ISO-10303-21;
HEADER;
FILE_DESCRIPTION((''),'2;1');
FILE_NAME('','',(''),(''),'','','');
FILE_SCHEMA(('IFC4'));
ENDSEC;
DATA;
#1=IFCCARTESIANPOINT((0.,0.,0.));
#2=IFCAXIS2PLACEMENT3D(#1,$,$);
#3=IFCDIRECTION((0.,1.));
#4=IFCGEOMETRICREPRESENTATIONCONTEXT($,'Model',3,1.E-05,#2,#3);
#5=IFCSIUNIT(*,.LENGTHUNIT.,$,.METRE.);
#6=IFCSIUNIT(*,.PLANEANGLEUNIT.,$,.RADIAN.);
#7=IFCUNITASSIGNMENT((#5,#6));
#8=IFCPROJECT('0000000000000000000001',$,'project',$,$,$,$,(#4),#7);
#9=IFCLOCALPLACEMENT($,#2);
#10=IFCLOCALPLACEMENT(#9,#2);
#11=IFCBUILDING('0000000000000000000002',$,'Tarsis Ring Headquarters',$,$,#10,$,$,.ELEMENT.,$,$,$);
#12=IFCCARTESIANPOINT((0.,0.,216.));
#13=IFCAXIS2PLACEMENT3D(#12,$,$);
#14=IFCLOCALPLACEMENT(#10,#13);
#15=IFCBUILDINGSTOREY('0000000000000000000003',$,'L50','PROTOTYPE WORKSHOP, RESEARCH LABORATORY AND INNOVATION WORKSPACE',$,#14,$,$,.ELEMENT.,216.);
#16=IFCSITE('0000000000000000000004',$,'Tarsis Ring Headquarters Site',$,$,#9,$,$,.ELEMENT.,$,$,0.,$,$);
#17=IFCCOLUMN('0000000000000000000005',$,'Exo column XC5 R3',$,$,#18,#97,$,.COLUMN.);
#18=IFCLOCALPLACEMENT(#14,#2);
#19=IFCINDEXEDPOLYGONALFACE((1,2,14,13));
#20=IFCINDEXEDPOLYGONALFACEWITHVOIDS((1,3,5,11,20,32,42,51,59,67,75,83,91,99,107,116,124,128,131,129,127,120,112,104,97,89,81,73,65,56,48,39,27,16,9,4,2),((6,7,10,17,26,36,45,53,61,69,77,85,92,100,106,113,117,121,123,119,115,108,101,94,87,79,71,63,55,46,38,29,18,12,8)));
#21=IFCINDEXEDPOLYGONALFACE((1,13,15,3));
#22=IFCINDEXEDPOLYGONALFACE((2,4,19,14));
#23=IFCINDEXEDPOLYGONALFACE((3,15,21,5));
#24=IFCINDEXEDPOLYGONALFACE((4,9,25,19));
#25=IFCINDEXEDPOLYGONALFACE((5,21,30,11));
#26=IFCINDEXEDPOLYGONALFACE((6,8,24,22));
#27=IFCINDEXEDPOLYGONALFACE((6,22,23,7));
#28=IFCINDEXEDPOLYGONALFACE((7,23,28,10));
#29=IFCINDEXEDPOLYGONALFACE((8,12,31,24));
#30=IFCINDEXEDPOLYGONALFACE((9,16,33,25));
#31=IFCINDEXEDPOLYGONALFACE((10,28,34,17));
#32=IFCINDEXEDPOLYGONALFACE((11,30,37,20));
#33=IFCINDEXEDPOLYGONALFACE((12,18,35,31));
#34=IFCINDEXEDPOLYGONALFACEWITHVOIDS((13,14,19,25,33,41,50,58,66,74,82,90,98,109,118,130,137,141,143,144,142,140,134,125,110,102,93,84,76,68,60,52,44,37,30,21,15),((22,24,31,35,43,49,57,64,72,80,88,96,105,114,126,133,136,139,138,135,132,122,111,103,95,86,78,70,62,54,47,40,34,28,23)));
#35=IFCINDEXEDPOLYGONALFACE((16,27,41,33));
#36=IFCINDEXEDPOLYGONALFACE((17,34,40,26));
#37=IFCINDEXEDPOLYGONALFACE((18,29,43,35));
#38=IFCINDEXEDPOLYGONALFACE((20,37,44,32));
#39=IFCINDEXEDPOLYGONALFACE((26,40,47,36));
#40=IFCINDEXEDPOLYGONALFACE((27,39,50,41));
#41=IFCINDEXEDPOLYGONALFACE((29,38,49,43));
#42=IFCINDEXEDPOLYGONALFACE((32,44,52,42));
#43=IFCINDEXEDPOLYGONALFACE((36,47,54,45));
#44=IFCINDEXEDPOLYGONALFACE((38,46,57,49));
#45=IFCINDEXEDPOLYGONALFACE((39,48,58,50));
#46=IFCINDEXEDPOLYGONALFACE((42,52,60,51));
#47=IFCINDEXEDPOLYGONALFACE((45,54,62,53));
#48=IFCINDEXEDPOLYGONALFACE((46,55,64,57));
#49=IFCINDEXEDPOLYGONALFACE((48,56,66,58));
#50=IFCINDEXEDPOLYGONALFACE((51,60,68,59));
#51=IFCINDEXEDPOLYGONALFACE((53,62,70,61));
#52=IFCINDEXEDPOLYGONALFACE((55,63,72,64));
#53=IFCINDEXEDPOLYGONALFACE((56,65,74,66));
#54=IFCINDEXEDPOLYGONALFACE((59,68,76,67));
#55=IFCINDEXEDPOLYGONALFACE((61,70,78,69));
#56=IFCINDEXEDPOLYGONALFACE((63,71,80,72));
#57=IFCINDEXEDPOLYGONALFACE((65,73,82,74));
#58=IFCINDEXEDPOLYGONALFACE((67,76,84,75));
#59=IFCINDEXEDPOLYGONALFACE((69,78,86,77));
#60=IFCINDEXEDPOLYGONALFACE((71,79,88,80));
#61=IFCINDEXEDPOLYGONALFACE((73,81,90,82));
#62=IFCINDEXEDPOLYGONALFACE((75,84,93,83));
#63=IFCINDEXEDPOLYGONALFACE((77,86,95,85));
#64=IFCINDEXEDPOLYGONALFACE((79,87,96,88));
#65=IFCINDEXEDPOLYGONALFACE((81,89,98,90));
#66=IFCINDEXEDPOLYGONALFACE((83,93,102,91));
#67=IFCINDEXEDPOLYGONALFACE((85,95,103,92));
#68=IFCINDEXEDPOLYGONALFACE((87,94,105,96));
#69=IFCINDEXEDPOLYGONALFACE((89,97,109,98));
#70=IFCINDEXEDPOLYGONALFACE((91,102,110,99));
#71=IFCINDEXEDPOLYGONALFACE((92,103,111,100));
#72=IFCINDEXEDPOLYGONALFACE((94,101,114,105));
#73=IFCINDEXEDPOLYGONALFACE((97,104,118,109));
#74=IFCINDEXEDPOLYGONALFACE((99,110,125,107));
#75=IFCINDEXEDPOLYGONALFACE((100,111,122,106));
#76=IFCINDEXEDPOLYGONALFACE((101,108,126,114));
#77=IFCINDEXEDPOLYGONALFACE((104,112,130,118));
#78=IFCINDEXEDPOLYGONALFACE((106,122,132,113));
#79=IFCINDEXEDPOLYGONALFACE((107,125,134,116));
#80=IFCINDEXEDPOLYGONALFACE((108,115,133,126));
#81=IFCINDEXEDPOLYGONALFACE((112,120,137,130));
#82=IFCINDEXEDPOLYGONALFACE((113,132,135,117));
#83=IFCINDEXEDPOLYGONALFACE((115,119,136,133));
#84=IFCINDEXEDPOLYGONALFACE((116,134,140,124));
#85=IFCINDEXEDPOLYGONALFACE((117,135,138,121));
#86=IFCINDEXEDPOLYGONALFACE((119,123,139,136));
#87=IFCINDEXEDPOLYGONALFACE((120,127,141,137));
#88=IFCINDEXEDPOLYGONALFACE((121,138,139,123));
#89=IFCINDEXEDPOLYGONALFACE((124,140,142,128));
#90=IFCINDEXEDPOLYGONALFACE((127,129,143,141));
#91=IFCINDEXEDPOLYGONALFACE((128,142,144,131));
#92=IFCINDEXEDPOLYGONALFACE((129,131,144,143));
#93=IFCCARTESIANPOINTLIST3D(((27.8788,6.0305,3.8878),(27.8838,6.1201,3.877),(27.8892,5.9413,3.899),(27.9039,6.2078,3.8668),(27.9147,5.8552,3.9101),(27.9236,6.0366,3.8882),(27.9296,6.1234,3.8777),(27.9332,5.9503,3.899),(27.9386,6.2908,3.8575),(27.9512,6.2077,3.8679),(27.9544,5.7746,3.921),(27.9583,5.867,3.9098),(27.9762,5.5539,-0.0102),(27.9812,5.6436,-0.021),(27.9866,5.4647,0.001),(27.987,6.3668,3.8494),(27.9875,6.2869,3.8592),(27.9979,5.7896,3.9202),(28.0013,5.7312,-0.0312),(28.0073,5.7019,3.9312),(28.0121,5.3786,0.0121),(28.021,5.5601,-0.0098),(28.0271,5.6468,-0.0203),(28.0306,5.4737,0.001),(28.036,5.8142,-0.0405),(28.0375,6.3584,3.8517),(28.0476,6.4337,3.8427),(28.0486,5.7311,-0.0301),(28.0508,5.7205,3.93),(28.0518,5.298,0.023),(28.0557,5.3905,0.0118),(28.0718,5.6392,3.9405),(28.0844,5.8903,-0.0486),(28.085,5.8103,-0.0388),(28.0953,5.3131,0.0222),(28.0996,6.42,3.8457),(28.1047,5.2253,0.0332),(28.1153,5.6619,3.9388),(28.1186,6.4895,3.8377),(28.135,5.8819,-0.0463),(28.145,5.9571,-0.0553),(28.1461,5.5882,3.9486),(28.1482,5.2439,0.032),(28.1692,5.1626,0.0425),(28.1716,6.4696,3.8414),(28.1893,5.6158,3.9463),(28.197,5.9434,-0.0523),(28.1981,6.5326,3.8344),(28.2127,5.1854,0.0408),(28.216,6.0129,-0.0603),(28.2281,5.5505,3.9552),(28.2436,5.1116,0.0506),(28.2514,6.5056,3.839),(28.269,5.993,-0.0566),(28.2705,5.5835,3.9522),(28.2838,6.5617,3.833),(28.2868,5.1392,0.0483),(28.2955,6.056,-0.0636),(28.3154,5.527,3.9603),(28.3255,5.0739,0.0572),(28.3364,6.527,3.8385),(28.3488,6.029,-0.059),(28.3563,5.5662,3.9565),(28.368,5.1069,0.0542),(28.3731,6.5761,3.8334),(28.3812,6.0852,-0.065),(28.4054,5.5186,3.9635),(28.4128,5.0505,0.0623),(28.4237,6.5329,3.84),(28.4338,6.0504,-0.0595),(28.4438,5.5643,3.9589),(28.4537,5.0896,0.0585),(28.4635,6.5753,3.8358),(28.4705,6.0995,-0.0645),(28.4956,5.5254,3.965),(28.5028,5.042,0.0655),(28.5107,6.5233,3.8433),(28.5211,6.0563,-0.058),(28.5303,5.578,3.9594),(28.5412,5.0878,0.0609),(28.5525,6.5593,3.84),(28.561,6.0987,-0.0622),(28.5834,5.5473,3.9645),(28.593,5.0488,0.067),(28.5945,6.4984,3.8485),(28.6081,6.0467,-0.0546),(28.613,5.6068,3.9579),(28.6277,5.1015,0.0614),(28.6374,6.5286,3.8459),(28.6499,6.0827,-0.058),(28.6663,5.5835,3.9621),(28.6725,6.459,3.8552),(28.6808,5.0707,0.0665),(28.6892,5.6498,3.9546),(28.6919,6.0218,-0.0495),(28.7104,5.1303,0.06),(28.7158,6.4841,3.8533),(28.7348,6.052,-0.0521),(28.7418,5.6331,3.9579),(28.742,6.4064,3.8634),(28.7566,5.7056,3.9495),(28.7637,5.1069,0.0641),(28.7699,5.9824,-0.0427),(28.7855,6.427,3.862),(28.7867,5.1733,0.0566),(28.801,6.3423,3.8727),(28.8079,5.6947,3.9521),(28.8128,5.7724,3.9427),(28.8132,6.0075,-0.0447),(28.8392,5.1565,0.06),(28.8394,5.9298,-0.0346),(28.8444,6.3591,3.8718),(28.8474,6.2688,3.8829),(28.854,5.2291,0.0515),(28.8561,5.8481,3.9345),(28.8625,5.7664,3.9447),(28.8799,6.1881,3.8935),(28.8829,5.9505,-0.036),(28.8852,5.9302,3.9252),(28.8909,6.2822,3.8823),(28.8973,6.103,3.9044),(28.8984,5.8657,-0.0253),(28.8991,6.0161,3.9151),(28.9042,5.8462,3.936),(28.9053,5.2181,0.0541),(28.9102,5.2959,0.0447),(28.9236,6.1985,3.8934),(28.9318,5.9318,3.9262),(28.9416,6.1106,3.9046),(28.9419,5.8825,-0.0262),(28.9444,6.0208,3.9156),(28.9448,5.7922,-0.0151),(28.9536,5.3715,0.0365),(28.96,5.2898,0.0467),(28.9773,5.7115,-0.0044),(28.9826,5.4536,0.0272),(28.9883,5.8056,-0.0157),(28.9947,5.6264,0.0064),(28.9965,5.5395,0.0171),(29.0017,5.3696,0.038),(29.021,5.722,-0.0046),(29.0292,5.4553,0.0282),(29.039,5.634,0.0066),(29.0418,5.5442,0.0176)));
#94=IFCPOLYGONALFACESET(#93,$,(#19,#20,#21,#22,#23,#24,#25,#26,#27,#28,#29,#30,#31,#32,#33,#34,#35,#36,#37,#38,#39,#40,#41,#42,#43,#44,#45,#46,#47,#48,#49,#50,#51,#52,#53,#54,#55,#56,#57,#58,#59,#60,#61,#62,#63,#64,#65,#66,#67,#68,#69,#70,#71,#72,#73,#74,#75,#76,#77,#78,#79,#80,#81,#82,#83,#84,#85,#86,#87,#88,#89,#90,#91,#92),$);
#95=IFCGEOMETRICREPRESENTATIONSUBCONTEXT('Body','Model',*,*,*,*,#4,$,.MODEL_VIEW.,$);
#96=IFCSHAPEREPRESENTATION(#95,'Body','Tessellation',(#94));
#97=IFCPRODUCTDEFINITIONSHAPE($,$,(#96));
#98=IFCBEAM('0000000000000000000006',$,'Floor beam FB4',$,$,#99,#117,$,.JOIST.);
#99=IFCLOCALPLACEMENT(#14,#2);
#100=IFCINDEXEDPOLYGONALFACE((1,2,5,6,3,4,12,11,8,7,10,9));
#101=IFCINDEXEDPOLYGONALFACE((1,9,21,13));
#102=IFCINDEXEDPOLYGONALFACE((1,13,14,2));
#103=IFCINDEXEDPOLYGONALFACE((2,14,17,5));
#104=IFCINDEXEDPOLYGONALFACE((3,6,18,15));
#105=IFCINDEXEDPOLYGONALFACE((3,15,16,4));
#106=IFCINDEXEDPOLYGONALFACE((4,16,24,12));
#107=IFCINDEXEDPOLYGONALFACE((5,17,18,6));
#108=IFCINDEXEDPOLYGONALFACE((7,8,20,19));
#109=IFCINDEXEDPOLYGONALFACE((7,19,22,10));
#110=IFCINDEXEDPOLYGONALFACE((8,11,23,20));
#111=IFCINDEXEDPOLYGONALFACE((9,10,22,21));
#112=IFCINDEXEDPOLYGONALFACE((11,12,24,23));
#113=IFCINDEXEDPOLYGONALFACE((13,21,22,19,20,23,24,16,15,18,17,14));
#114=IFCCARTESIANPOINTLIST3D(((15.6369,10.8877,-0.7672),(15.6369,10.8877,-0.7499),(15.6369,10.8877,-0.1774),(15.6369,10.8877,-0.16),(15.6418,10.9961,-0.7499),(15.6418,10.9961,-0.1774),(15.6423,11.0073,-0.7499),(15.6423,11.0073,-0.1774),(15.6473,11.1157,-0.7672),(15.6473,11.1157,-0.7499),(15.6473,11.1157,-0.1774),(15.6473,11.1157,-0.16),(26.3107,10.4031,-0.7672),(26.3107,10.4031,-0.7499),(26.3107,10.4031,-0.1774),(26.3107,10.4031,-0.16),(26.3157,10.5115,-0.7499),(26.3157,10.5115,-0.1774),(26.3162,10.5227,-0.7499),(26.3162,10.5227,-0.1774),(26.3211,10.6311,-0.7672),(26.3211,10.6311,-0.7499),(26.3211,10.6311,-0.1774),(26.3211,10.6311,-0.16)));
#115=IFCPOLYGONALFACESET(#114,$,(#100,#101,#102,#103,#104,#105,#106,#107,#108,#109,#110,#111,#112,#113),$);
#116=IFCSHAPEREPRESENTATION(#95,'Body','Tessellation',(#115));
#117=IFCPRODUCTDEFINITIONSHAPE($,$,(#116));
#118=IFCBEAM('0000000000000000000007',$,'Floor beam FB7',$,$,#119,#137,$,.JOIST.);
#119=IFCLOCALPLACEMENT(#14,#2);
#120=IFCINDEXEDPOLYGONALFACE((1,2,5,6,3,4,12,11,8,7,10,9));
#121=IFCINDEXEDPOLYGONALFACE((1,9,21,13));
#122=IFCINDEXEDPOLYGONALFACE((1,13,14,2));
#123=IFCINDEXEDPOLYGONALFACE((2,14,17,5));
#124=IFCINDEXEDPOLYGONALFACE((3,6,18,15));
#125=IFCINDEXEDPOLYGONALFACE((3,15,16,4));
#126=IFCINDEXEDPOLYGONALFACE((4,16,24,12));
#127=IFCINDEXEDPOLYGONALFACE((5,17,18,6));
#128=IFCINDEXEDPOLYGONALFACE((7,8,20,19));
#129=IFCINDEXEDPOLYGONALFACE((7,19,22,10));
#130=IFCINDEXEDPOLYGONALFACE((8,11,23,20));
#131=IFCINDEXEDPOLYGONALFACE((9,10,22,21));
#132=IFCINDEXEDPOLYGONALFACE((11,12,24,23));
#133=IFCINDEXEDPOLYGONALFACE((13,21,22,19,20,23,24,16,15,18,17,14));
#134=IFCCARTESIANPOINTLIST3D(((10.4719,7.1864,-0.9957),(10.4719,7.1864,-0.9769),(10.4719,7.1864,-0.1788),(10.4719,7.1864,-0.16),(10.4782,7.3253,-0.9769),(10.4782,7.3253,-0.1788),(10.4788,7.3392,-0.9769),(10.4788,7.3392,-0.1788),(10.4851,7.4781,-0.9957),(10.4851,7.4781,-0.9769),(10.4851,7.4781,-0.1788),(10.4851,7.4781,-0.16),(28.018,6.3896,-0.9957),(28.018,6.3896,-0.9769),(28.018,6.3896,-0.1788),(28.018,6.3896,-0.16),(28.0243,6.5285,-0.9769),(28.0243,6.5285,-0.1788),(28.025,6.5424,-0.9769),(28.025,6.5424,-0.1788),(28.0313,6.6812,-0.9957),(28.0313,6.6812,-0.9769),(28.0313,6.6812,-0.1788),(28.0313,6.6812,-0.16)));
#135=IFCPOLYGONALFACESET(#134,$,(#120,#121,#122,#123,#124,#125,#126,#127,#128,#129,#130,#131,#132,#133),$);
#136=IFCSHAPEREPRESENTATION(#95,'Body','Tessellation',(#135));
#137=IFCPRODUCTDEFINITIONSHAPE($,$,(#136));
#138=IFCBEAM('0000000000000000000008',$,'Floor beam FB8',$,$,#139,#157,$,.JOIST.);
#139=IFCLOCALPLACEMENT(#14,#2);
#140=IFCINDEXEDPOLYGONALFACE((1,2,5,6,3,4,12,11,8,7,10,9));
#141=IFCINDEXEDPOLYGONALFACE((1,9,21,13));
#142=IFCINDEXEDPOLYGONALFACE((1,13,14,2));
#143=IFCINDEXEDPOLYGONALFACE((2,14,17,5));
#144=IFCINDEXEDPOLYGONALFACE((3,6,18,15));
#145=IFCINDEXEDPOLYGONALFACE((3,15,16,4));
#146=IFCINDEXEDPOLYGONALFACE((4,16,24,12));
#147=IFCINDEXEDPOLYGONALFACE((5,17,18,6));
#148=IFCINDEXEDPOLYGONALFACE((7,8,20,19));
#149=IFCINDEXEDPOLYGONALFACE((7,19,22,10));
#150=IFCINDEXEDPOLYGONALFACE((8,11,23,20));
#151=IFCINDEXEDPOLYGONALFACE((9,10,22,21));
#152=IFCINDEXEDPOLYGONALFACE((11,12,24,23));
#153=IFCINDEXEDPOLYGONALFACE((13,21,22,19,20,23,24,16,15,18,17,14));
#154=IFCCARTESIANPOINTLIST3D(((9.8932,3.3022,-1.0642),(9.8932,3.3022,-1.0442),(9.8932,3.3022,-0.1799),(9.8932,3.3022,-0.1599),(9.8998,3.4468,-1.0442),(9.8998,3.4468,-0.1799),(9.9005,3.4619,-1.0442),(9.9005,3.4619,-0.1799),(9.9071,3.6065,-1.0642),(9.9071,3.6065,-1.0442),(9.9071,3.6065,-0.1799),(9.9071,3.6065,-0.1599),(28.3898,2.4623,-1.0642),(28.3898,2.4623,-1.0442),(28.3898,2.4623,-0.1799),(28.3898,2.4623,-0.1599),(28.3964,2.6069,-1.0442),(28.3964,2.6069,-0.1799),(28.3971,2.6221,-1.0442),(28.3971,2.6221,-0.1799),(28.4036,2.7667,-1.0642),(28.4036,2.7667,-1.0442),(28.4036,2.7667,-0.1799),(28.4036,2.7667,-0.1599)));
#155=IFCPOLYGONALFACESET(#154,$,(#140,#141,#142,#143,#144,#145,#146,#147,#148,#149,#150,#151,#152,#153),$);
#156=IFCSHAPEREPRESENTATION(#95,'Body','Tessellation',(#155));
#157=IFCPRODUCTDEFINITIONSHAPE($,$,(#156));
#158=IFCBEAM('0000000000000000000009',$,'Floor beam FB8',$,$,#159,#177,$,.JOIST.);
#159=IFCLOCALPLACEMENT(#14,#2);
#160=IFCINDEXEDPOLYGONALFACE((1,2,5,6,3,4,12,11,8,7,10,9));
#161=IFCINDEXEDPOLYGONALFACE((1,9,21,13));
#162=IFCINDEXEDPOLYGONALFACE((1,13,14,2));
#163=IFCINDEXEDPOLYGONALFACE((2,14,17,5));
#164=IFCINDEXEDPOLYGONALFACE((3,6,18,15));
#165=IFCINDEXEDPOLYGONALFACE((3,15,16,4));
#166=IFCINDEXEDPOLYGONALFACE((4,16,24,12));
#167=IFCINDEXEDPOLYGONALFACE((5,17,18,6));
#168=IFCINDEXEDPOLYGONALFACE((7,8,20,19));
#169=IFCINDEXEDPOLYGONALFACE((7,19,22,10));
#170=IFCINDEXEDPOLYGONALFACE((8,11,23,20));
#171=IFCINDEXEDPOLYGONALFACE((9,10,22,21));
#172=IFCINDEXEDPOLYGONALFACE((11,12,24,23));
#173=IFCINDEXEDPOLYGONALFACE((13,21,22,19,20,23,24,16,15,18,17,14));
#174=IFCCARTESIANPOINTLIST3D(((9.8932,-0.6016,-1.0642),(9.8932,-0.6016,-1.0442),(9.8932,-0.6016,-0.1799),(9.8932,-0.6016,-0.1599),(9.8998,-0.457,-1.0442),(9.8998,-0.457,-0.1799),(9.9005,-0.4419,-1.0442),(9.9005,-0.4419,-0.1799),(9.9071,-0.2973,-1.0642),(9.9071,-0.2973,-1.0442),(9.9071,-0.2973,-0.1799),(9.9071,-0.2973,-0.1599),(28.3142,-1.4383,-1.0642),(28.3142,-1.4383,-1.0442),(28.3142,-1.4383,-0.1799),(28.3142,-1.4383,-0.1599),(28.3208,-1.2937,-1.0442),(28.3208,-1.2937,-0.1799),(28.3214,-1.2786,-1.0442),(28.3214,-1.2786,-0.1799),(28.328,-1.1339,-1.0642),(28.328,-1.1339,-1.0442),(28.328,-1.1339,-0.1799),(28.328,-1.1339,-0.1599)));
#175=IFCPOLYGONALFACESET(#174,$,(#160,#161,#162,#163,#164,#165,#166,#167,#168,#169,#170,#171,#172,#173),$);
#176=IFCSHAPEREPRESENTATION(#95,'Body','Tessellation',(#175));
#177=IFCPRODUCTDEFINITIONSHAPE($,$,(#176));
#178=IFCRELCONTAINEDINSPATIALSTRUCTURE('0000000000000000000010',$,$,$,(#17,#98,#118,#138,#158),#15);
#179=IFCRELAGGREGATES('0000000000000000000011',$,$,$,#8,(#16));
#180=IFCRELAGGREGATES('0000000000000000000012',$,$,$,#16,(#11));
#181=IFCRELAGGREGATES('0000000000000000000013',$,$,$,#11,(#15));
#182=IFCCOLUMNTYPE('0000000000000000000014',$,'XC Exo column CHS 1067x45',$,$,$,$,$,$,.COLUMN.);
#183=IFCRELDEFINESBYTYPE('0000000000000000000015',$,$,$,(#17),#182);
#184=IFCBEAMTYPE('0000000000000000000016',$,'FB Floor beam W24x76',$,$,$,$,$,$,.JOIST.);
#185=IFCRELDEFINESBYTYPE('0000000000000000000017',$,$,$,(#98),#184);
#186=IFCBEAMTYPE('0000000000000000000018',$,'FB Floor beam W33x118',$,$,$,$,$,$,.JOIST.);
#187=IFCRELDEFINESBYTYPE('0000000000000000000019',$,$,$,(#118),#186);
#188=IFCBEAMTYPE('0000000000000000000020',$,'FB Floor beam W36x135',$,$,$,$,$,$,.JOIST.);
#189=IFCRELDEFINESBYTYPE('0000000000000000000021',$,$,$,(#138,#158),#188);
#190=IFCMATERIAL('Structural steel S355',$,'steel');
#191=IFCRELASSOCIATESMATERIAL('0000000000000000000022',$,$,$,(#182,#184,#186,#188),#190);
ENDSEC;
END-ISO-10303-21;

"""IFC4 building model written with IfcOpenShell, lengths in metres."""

from ifc_helpers import new_model, si_unit, direction, frame, origin, origin_2d, place, context, subcontext, project, spatial, hollow_circle, i_section, extrude, material, material_profile, profile_set, type_object, element, save


model = new_model("IFC4")

# Units and contexts
model_context = context("Model", 3, precision=1e-05, world=origin(), true_north=direction((0.0, 1.0)))
body_context = subcontext(model_context, "Body", "Model", "MODEL_VIEW")
ifc_project = project(units=[si_unit("LENGTHUNIT", "METRE"), si_unit("PLANEANGLEUNIT", "RADIAN")], contexts=[model_context])

# Site, building, storey
site_placement = place(None, origin())
site = spatial("IfcSite", under=ifc_project, at=site_placement, Name="Tarsis Ring Headquarters Site", CompositionType="ELEMENT", RefElevation=0.0)
building_placement = place(site_placement, origin())
building = spatial("IfcBuilding", under=site, at=building_placement, Name="Tarsis Ring Headquarters", CompositionType="ELEMENT")
storey_placement = place(building_placement, frame((0.0, 0.0, 216.0)))
storey = spatial("IfcBuildingStorey", under=building, at=storey_placement, Name="L50", Description="PROTOTYPE WORKSHOP, RESEARCH LABORATORY AND INNOVATION WORKSPACE", CompositionType="ELEMENT", Elevation=216.0)

# Column
ifc_material_1 = material(Name="Structural steel S355", Category="steel")
ifc_material_profile_1 = material_profile(ifc_material_1, hollow_circle(Radius=0.5334, WallThickness=0.0449, at=origin_2d()), Name="CHS 1067x45")
ifc_profile_set_1 = profile_set([ifc_material_profile_1], Name="Structural steel S355")
column_type = type_object("IfcColumnType", Name="XC Exo column CHS 1067x45", PredefinedType="COLUMN", material=ifc_profile_set_1)
column_placement = place(storey_placement, frame((28.5093, 5.5715, 0.001), z_axis=(-0.024798, 0.121319, 0.992304), x_axis=(-0.979742, -0.200265, 0.0)))
element("IfcColumn", 1, at=column_placement, inside=storey, type_object=column_type, Name="Exo column XC5 R3", PredefinedType="COLUMN", context=body_context, shape_type="SweptSolid", body=[
    extrude(hollow_circle(Radius=0.5334, WallThickness=0.0449, at=origin_2d()), origin(), (0.0, 0.0, 1.0), 3.9282),
])

# Beams
ifc_material_profile_2 = material_profile(ifc_material_1, i_section(OverallWidth=0.2283, OverallDepth=0.6072, WebThickness=0.0112, FlangeThickness=0.0173, at=origin_2d()), Name="W24x76")
ifc_profile_set_2 = profile_set([ifc_material_profile_2], Name="Structural steel S355")
beam_type_1 = type_object("IfcBeamType", Name="FB Floor beam W24x76", PredefinedType="JOIST", material=ifc_profile_set_2)
beam_1_placement = place(storey_placement, frame((15.6421, 11.0017, -0.4636), z_axis=(0.998971, -0.045356, 0.0), x_axis=(0.045356, 0.998971, 0.0)))
element("IfcBeam", 2, at=beam_1_placement, inside=storey, type_object=beam_type_1, Name="Floor beam FB4", PredefinedType="JOIST", context=body_context, shape_type="SweptSolid", body=[
    extrude(i_section(OverallWidth=0.2283, OverallDepth=0.6072, WebThickness=0.0112, FlangeThickness=0.0173, at=origin_2d()), origin(), (0.0, 0.0, 1.0), 10.6848),
])
ifc_material_profile_3 = material_profile(ifc_material_1, i_section(OverallWidth=0.292, OverallDepth=0.8357, WebThickness=0.0139, FlangeThickness=0.0188, at=origin_2d()), Name="W33x118")
ifc_profile_set_3 = profile_set([ifc_material_profile_3], Name="Structural steel S355")
beam_type_2 = type_object("IfcBeamType", Name="FB Floor beam W33x118", PredefinedType="JOIST", material=ifc_profile_set_3)
beam_2_placement = place(storey_placement, frame((10.4785, 7.3323, -0.5779), z_axis=(0.99897, -0.045369, 0.0), x_axis=(0.045369, 0.99897, 0.0)))
element("IfcBeam", 3, at=beam_2_placement, inside=storey, type_object=beam_type_2, Name="Floor beam FB7", PredefinedType="JOIST", context=body_context, shape_type="SweptSolid", body=[
    extrude(i_section(OverallWidth=0.292, OverallDepth=0.8357, WebThickness=0.0139, FlangeThickness=0.0188, at=origin_2d()), origin(), (0.0, 0.0, 1.0), 17.5642),
])
ifc_material_profile_4 = material_profile(ifc_material_1, i_section(OverallWidth=0.3047, OverallDepth=0.9043, WebThickness=0.0151, FlangeThickness=0.02, at=origin_2d()), Name="W36x135")
ifc_profile_set_4 = profile_set([ifc_material_profile_4], Name="Structural steel S355")
beam_type_3 = type_object("IfcBeamType", Name="FB Floor beam W36x135", PredefinedType="JOIST", material=ifc_profile_set_4)
beam_3_placement = place(storey_placement, frame((9.9001, 3.4543, -0.6121), z_axis=(0.998971, -0.045359, 0.0), x_axis=(0.045359, 0.998971, 0.0)))
element("IfcBeam", 4, at=beam_3_placement, inside=storey, type_object=beam_type_3, Name="Floor beam FB8", PredefinedType="JOIST", context=body_context, shape_type="SweptSolid", body=[
    extrude(i_section(OverallWidth=0.3047, OverallDepth=0.9043, WebThickness=0.0151, FlangeThickness=0.02, at=origin_2d()), origin(), (0.0, 0.0, 1.0), 18.5156),
])
beam_4_placement = place(storey_placement, frame((9.9001, -0.4495, -0.6121), z_axis=(0.99897, -0.045373, 0.0), x_axis=(0.045373, 0.99897, 0.0)))
element("IfcBeam", 5, at=beam_4_placement, inside=storey, type_object=beam_type_3, Name="Floor beam FB8", PredefinedType="JOIST", context=body_context, shape_type="SweptSolid", body=[
    extrude(i_section(OverallWidth=0.3047, OverallDepth=0.9043, WebThickness=0.0151, FlangeThickness=0.02, at=origin_2d()), origin(), (0.0, 0.0, 1.0), 18.4399),
])

save(model, "model.ifc")
